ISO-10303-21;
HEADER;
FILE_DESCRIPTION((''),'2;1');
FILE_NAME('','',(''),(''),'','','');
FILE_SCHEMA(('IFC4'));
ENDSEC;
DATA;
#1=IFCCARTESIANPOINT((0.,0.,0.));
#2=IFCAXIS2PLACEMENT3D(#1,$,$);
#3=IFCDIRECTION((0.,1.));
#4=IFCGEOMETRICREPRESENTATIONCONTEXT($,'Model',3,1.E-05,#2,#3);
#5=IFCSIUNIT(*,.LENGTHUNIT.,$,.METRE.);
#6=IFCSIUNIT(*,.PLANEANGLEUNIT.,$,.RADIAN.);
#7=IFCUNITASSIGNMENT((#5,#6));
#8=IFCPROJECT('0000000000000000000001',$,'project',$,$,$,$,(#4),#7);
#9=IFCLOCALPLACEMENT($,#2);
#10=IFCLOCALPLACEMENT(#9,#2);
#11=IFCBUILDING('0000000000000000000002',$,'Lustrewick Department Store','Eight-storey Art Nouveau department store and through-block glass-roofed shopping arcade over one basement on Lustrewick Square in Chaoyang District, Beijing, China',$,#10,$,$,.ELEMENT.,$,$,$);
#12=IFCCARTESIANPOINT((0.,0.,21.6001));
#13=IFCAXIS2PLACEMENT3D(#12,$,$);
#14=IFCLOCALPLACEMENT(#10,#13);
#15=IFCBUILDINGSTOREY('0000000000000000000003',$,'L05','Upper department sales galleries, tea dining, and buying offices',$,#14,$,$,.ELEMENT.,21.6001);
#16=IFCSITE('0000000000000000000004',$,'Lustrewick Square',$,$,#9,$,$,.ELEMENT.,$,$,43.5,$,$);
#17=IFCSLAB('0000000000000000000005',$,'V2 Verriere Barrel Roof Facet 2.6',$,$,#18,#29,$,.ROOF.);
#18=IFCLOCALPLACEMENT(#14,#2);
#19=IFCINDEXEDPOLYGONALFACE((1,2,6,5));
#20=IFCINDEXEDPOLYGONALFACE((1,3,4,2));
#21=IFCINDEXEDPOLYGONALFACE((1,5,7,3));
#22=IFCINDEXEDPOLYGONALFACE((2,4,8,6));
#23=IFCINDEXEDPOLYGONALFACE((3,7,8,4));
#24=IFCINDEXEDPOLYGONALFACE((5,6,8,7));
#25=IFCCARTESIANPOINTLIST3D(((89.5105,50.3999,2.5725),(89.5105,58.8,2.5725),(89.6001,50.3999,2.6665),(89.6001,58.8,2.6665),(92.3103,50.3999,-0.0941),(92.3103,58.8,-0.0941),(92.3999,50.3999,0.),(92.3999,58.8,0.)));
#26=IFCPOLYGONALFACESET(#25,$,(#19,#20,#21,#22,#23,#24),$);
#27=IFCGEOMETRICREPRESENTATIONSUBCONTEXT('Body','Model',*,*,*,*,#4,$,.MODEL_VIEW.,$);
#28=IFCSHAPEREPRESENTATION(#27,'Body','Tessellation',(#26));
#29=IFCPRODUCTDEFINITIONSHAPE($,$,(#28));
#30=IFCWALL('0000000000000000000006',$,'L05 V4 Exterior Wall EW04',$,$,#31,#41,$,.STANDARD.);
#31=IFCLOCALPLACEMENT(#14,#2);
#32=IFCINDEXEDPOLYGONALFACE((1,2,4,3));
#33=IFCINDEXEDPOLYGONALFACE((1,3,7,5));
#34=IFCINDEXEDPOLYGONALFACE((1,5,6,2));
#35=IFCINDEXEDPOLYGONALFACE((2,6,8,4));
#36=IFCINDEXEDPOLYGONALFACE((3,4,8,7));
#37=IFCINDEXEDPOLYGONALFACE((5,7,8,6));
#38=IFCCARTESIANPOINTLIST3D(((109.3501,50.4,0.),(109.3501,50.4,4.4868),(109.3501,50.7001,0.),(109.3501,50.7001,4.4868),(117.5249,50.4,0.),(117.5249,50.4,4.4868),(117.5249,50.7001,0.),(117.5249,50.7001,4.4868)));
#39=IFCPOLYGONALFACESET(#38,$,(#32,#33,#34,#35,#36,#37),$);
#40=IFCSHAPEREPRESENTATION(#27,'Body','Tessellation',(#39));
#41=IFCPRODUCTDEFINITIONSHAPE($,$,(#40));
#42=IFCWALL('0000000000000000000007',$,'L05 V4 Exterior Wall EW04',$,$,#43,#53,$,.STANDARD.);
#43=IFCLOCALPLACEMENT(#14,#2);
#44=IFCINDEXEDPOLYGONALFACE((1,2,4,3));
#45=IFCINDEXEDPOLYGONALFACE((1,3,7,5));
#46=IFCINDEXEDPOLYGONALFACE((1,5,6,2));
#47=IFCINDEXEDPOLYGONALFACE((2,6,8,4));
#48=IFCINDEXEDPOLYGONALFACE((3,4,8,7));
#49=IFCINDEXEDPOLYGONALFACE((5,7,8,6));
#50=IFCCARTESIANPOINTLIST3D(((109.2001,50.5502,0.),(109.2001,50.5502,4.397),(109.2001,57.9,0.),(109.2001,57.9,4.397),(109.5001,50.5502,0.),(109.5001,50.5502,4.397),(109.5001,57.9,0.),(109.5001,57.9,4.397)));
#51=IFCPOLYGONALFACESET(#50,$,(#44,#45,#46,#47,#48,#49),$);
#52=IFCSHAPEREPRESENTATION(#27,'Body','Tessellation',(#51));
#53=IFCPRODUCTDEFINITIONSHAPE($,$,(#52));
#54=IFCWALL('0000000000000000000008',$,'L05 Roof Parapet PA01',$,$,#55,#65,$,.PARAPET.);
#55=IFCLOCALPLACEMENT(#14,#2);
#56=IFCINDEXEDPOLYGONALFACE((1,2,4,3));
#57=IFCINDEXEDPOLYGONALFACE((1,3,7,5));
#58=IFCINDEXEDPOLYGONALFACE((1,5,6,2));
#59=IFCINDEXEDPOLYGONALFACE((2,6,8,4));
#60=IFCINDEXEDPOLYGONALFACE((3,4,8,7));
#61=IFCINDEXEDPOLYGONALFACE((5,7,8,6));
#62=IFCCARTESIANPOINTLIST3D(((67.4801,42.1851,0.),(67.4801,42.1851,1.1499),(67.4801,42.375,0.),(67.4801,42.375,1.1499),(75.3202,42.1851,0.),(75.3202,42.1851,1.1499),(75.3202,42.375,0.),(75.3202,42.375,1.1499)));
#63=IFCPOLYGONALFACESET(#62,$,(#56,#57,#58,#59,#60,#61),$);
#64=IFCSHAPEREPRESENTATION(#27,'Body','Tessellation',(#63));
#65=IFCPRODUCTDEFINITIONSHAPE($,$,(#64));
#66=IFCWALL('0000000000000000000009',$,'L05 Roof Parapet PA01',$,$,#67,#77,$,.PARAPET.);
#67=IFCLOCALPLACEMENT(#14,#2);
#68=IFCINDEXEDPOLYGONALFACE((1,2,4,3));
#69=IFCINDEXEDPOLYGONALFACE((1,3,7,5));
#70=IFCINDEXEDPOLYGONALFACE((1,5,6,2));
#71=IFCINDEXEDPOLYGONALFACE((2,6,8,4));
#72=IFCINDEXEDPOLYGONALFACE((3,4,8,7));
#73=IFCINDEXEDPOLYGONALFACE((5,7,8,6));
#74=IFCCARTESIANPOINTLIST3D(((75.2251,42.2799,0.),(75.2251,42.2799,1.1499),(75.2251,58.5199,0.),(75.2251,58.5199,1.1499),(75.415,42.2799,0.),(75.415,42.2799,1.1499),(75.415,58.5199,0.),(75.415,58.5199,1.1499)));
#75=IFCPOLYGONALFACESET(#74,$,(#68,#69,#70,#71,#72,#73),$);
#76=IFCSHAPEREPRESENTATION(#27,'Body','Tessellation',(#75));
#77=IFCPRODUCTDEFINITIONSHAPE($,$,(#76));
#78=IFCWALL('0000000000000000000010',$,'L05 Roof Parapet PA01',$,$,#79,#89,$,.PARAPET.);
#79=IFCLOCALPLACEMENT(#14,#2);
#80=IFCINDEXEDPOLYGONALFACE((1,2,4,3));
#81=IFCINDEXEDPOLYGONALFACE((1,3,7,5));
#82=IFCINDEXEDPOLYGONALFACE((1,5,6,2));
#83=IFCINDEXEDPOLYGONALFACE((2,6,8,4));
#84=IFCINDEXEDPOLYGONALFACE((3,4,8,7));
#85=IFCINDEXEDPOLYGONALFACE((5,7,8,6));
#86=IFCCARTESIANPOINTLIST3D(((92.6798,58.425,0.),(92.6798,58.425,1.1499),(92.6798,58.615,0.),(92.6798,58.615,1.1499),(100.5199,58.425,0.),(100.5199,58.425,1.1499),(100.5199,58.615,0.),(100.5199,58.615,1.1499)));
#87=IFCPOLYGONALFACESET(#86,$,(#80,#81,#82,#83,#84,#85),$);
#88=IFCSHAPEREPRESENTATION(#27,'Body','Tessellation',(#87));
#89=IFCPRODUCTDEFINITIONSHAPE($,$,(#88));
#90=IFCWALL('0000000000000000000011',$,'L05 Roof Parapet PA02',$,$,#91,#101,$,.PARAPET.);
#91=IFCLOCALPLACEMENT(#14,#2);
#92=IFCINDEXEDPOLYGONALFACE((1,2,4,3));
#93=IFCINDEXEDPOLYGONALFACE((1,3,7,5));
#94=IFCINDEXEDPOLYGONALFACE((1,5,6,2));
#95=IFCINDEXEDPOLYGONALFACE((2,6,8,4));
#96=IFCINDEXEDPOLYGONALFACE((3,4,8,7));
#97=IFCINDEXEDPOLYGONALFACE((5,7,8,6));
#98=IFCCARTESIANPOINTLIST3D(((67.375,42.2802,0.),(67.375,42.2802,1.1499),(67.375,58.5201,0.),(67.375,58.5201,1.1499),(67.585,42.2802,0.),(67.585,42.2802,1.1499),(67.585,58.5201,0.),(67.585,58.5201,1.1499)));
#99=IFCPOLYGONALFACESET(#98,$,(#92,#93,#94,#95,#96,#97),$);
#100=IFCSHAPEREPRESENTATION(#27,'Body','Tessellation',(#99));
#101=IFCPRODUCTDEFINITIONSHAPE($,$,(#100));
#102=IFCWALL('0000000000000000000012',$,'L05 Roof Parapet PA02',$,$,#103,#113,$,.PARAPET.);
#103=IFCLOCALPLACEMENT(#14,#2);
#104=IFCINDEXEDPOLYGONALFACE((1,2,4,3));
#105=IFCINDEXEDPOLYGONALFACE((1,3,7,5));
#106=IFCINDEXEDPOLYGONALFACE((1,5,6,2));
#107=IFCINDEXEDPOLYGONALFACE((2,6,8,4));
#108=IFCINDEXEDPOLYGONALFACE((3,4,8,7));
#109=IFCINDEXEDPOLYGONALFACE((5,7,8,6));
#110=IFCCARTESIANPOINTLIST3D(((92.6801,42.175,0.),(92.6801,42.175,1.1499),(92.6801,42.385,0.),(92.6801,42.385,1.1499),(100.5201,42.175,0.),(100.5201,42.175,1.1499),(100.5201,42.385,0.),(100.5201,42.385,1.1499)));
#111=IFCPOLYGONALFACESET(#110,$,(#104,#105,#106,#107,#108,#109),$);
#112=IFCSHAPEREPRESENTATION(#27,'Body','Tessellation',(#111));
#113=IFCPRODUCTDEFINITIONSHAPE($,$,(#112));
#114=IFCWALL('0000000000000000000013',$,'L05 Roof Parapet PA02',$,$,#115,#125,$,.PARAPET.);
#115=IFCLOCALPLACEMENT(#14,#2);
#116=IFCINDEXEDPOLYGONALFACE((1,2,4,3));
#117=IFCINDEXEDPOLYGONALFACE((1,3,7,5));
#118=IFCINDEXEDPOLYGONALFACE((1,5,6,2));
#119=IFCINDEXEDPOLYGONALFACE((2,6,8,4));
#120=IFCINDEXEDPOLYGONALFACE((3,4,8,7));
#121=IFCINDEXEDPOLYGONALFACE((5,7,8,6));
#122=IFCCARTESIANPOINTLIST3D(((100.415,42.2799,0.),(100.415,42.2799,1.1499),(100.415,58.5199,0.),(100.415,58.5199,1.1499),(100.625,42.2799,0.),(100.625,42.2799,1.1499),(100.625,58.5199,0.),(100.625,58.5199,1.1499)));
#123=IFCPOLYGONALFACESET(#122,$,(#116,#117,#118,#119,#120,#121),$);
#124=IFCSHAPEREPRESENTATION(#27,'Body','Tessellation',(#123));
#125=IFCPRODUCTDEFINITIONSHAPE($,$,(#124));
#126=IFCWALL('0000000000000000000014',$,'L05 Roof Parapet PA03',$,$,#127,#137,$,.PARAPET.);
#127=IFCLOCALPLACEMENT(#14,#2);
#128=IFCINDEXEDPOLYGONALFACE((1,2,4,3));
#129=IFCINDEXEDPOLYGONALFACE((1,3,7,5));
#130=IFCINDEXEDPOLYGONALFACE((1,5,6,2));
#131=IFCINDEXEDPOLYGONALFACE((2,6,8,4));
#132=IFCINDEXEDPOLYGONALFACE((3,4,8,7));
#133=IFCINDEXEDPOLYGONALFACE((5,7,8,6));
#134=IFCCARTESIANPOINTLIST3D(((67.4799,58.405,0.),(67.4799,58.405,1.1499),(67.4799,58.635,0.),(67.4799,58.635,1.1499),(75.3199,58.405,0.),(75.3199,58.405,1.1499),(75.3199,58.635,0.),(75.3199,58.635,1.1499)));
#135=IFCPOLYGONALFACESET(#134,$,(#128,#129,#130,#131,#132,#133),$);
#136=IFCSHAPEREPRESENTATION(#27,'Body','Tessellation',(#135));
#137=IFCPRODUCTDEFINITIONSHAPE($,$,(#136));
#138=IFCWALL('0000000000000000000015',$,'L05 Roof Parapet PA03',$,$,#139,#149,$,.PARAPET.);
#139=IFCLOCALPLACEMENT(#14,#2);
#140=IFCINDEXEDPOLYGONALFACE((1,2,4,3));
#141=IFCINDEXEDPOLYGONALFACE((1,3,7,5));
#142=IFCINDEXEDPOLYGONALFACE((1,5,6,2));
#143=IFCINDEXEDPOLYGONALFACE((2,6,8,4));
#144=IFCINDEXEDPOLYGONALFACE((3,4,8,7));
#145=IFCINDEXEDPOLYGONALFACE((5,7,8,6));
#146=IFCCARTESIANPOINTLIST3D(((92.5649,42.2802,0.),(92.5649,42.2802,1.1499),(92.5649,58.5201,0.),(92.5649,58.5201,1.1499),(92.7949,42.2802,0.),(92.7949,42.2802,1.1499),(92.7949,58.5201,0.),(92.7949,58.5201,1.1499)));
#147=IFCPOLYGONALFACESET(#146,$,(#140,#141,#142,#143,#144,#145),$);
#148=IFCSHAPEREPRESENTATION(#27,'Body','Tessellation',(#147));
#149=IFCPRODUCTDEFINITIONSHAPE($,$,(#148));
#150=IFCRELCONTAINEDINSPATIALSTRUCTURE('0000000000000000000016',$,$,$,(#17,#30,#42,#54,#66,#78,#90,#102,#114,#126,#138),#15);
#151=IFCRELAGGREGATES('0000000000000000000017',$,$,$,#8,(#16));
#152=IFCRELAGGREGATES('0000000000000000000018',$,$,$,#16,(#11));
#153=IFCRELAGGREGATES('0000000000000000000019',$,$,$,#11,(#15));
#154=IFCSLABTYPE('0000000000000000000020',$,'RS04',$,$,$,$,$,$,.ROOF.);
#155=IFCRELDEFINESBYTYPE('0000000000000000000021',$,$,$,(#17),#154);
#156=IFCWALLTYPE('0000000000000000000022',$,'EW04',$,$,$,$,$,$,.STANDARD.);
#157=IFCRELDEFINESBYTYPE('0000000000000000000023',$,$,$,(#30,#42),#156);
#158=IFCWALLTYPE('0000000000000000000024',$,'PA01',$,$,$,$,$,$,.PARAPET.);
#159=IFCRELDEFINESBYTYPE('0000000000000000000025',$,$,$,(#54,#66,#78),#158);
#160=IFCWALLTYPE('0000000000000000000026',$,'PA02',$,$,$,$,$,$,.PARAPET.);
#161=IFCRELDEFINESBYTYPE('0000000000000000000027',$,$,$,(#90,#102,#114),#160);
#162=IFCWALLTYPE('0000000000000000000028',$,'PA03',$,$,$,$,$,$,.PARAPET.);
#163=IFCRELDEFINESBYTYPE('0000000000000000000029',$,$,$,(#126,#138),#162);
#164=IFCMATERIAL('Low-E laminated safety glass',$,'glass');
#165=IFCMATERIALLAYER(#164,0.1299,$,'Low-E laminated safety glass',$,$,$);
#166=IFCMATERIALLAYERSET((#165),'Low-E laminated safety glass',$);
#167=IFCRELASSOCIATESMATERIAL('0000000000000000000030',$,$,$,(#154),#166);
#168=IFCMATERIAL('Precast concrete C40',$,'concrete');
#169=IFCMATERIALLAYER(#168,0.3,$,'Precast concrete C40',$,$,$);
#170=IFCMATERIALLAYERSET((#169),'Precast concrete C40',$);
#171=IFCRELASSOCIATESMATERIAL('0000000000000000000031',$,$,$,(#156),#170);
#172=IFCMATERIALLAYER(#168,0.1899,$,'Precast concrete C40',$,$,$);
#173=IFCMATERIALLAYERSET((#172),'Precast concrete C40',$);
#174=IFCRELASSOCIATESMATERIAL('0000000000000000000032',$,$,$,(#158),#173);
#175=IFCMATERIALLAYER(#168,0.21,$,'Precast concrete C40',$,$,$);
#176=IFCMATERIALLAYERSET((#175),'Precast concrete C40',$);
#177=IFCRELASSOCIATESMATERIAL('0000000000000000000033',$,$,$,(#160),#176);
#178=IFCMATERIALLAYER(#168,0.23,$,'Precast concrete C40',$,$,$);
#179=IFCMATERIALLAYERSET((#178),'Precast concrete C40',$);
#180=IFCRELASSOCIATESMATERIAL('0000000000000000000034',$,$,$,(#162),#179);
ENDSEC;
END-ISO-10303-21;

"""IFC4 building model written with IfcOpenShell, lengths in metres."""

from ifc_helpers import new_model, si_unit, direction, frame, frame_2d, origin, place, context, subcontext, project, spatial, polyline, rectangle, outline, extrude, material, layer, layer_set, type_object, element, save


model = new_model("IFC4")

# Units and contexts
model_context = context("Model", 3, precision=1e-05, world=origin(), true_north=direction((0.0, 1.0)))
body_context = subcontext(model_context, "Body", "Model", "MODEL_VIEW")
ifc_project = project(units=[si_unit("LENGTHUNIT", "METRE"), si_unit("PLANEANGLEUNIT", "RADIAN")], contexts=[model_context])

# Site, building, storey
site_placement = place(None, origin())
site = spatial("IfcSite", under=ifc_project, at=site_placement, Name="Lustrewick Square", CompositionType="ELEMENT", RefElevation=43.5)
building_placement = place(site_placement, origin())
building = spatial("IfcBuilding", under=site, at=building_placement, Name="Lustrewick Department Store", Description="Eight-storey Art Nouveau department store and through-block glass-roofed shopping arcade over one basement on Lustrewick Square in Chaoyang District, Beijing, China", CompositionType="ELEMENT")
storey_placement = place(building_placement, frame((0.0, 0.0, 21.6001)))
storey = spatial("IfcBuildingStorey", under=building, at=storey_placement, Name="L05", Description="Upper department sales galleries, tea dining, and buying offices", CompositionType="ELEMENT", Elevation=21.6001)

# Slab
ifc_material_1 = material(Name="Low-E laminated safety glass", Category="glass")
ifc_layer_1 = layer(ifc_material_1, 0.1299, Name="Low-E laminated safety glass")
ifc_layer_set_1 = layer_set([ifc_layer_1], Name="Low-E laminated safety glass")
slab_type = type_object("IfcSlabType", Name="RS04", PredefinedType="ROOF", material=ifc_layer_set_1)
slab_1_placement = place(storey_placement, frame((89.6001, 50.3999, 2.6665), z_axis=(0.689658, 0.0, 0.724135), x_axis=(0.724135, 0.0, -0.689658)))
element("IfcSlab", 1, at=slab_1_placement, inside=storey, type_object=slab_type, Name="V2 Verriere Barrel Roof Facet 2.6", PredefinedType="ROOF", context=body_context, shape_type="SweptSolid", body=[
    extrude(outline(polyline([(0.0, 0.0), (3.8664, 0.0), (3.8664, 8.4001), (0.0, 8.4001), (0.0, 0.0)])), origin(), (0.0, 0.0, -1.0), 0.1299),
])

# Walls
ifc_material_2 = material(Name="Precast concrete C40", Category="concrete")
ifc_layer_2 = layer(ifc_material_2, 0.3, Name="Precast concrete C40")
ifc_layer_set_2 = layer_set([ifc_layer_2], Name="Precast concrete C40")
wall_type_1 = type_object("IfcWallType", Name="EW04", PredefinedType="STANDARD", material=ifc_layer_set_2)
wall_1_placement = place(storey_placement, frame((109.3501, 50.55, 0.0), z_axis=(0.0, 0.0, 1.0), x_axis=(1.0, 0.0, 0.0)))
element("IfcWall", 2, at=wall_1_placement, inside=storey, type_object=wall_type_1, Name="L05 V4 Exterior Wall EW04", PredefinedType="STANDARD", context=body_context, shape_type="SweptSolid", body=[
    extrude(rectangle(XDim=8.1748, YDim=0.3, at=frame_2d((4.0874, 0.0))), origin(), (0.0, 0.0, 1.0), 4.4868),
])
wall_2_placement = place(storey_placement, frame((109.3501, 57.8999, 0.0), z_axis=(0.0, 0.0, 1.0), x_axis=(0.0, -1.0, 0.0)))
element("IfcWall", 3, at=wall_2_placement, inside=storey, type_object=wall_type_1, Name="L05 V4 Exterior Wall EW04", PredefinedType="STANDARD", context=body_context, shape_type="SweptSolid", body=[
    extrude(rectangle(XDim=7.3499, YDim=0.3, at=frame_2d((3.6748, 0.0))), origin(), (0.0, 0.0, 1.0), 4.397),
])
ifc_layer_3 = layer(ifc_material_2, 0.1899, Name="Precast concrete C40")
ifc_layer_set_3 = layer_set([ifc_layer_3], Name="Precast concrete C40")
wall_type_2 = type_object("IfcWallType", Name="PA01", PredefinedType="PARAPET", material=ifc_layer_set_3)
wall_3_placement = place(storey_placement, frame((75.3201, 42.28, 0.0), z_axis=(0.0, 0.0, 1.0), x_axis=(-1.0, 0.0, 0.0)))
element("IfcWall", 4, at=wall_3_placement, inside=storey, type_object=wall_type_2, Name="L05 Roof Parapet PA01", PredefinedType="PARAPET", context=body_context, shape_type="SweptSolid", body=[
    extrude(rectangle(XDim=7.8401, YDim=0.1899, at=frame_2d((3.9199, 0.0))), origin(), (0.0, 0.0, 1.0), 1.1499),
])
wall_4_placement = place(storey_placement, frame((75.3201, 58.52, 0.0), z_axis=(0.0, 0.0, 1.0), x_axis=(0.0, -1.0, 0.0)))
element("IfcWall", 5, at=wall_4_placement, inside=storey, type_object=wall_type_2, Name="L05 Roof Parapet PA01", PredefinedType="PARAPET", context=body_context, shape_type="SweptSolid", body=[
    extrude(rectangle(XDim=16.24, YDim=0.1899, at=frame_2d((8.1201, 0.0))), origin(), (0.0, 0.0, 1.0), 1.1499),
])
wall_5_placement = place(storey_placement, frame((92.6799, 58.52, 0.0), z_axis=(0.0, 0.0, 1.0), x_axis=(1.0, 0.0, 0.0)))
element("IfcWall", 6, at=wall_5_placement, inside=storey, type_object=wall_type_2, Name="L05 Roof Parapet PA01", PredefinedType="PARAPET", context=body_context, shape_type="SweptSolid", body=[
    extrude(rectangle(XDim=7.8401, YDim=0.1899, at=frame_2d((3.9199, 0.0))), origin(), (0.0, 0.0, 1.0), 1.1499),
])
ifc_layer_4 = layer(ifc_material_2, 0.21, Name="Precast concrete C40")
ifc_layer_set_4 = layer_set([ifc_layer_4], Name="Precast concrete C40")
wall_type_3 = type_object("IfcWallType", Name="PA02", PredefinedType="PARAPET", material=ifc_layer_set_4)
wall_6_placement = place(storey_placement, frame((67.48, 42.28, 0.0), z_axis=(0.0, 0.0, 1.0), x_axis=(0.0, 1.0, 0.0)))
element("IfcWall", 7, at=wall_6_placement, inside=storey, type_object=wall_type_3, Name="L05 Roof Parapet PA02", PredefinedType="PARAPET", context=body_context, shape_type="SweptSolid", body=[
    extrude(rectangle(XDim=16.24, YDim=0.21, at=frame_2d((8.1201, 0.0))), origin(), (0.0, 0.0, 1.0), 1.1499),
])
wall_7_placement = place(storey_placement, frame((100.52, 42.28, 0.0), z_axis=(0.0, 0.0, 1.0), x_axis=(-1.0, 0.0, 0.0)))
element("IfcWall", 8, at=wall_7_placement, inside=storey, type_object=wall_type_3, Name="L05 Roof Parapet PA02", PredefinedType="PARAPET", context=body_context, shape_type="SweptSolid", body=[
    extrude(rectangle(XDim=7.8401, YDim=0.21, at=frame_2d((3.9199, 0.0))), origin(), (0.0, 0.0, 1.0), 1.1499),
])
wall_8_placement = place(storey_placement, frame((100.52, 58.52, 0.0), z_axis=(0.0, 0.0, 1.0), x_axis=(0.0, -1.0, 0.0)))
element("IfcWall", 9, at=wall_8_placement, inside=storey, type_object=wall_type_3, Name="L05 Roof Parapet PA02", PredefinedType="PARAPET", context=body_context, shape_type="SweptSolid", body=[
    extrude(rectangle(XDim=16.24, YDim=0.21, at=frame_2d((8.1201, 0.0))), origin(), (0.0, 0.0, 1.0), 1.1499),
])
ifc_layer_5 = layer(ifc_material_2, 0.23, Name="Precast concrete C40")
ifc_layer_set_5 = layer_set([ifc_layer_5], Name="Precast concrete C40")
wall_type_4 = type_object("IfcWallType", Name="PA03", PredefinedType="PARAPET", material=ifc_layer_set_5)
wall_9_placement = place(storey_placement, frame((67.48, 58.52, 0.0), z_axis=(0.0, 0.0, 1.0), x_axis=(1.0, 0.0, 0.0)))
element("IfcWall", 10, at=wall_9_placement, inside=storey, type_object=wall_type_4, Name="L05 Roof Parapet PA03", PredefinedType="PARAPET", context=body_context, shape_type="SweptSolid", body=[
    extrude(rectangle(XDim=7.8401, YDim=0.23, at=frame_2d((3.9199, 0.0))), origin(), (0.0, 0.0, 1.0), 1.1499),
])
wall_10_placement = place(storey_placement, frame((92.6799, 42.28, 0.0), z_axis=(0.0, 0.0, 1.0), x_axis=(0.0, 1.0, 0.0)))
element("IfcWall", 11, at=wall_10_placement, inside=storey, type_object=wall_type_4, Name="L05 Roof Parapet PA03", PredefinedType="PARAPET", context=body_context, shape_type="SweptSolid", body=[
    extrude(rectangle(XDim=16.24, YDim=0.23, at=frame_2d((8.1201, 0.0))), origin(), (0.0, 0.0, 1.0), 1.1499),
])

save(model, "model.ifc")
